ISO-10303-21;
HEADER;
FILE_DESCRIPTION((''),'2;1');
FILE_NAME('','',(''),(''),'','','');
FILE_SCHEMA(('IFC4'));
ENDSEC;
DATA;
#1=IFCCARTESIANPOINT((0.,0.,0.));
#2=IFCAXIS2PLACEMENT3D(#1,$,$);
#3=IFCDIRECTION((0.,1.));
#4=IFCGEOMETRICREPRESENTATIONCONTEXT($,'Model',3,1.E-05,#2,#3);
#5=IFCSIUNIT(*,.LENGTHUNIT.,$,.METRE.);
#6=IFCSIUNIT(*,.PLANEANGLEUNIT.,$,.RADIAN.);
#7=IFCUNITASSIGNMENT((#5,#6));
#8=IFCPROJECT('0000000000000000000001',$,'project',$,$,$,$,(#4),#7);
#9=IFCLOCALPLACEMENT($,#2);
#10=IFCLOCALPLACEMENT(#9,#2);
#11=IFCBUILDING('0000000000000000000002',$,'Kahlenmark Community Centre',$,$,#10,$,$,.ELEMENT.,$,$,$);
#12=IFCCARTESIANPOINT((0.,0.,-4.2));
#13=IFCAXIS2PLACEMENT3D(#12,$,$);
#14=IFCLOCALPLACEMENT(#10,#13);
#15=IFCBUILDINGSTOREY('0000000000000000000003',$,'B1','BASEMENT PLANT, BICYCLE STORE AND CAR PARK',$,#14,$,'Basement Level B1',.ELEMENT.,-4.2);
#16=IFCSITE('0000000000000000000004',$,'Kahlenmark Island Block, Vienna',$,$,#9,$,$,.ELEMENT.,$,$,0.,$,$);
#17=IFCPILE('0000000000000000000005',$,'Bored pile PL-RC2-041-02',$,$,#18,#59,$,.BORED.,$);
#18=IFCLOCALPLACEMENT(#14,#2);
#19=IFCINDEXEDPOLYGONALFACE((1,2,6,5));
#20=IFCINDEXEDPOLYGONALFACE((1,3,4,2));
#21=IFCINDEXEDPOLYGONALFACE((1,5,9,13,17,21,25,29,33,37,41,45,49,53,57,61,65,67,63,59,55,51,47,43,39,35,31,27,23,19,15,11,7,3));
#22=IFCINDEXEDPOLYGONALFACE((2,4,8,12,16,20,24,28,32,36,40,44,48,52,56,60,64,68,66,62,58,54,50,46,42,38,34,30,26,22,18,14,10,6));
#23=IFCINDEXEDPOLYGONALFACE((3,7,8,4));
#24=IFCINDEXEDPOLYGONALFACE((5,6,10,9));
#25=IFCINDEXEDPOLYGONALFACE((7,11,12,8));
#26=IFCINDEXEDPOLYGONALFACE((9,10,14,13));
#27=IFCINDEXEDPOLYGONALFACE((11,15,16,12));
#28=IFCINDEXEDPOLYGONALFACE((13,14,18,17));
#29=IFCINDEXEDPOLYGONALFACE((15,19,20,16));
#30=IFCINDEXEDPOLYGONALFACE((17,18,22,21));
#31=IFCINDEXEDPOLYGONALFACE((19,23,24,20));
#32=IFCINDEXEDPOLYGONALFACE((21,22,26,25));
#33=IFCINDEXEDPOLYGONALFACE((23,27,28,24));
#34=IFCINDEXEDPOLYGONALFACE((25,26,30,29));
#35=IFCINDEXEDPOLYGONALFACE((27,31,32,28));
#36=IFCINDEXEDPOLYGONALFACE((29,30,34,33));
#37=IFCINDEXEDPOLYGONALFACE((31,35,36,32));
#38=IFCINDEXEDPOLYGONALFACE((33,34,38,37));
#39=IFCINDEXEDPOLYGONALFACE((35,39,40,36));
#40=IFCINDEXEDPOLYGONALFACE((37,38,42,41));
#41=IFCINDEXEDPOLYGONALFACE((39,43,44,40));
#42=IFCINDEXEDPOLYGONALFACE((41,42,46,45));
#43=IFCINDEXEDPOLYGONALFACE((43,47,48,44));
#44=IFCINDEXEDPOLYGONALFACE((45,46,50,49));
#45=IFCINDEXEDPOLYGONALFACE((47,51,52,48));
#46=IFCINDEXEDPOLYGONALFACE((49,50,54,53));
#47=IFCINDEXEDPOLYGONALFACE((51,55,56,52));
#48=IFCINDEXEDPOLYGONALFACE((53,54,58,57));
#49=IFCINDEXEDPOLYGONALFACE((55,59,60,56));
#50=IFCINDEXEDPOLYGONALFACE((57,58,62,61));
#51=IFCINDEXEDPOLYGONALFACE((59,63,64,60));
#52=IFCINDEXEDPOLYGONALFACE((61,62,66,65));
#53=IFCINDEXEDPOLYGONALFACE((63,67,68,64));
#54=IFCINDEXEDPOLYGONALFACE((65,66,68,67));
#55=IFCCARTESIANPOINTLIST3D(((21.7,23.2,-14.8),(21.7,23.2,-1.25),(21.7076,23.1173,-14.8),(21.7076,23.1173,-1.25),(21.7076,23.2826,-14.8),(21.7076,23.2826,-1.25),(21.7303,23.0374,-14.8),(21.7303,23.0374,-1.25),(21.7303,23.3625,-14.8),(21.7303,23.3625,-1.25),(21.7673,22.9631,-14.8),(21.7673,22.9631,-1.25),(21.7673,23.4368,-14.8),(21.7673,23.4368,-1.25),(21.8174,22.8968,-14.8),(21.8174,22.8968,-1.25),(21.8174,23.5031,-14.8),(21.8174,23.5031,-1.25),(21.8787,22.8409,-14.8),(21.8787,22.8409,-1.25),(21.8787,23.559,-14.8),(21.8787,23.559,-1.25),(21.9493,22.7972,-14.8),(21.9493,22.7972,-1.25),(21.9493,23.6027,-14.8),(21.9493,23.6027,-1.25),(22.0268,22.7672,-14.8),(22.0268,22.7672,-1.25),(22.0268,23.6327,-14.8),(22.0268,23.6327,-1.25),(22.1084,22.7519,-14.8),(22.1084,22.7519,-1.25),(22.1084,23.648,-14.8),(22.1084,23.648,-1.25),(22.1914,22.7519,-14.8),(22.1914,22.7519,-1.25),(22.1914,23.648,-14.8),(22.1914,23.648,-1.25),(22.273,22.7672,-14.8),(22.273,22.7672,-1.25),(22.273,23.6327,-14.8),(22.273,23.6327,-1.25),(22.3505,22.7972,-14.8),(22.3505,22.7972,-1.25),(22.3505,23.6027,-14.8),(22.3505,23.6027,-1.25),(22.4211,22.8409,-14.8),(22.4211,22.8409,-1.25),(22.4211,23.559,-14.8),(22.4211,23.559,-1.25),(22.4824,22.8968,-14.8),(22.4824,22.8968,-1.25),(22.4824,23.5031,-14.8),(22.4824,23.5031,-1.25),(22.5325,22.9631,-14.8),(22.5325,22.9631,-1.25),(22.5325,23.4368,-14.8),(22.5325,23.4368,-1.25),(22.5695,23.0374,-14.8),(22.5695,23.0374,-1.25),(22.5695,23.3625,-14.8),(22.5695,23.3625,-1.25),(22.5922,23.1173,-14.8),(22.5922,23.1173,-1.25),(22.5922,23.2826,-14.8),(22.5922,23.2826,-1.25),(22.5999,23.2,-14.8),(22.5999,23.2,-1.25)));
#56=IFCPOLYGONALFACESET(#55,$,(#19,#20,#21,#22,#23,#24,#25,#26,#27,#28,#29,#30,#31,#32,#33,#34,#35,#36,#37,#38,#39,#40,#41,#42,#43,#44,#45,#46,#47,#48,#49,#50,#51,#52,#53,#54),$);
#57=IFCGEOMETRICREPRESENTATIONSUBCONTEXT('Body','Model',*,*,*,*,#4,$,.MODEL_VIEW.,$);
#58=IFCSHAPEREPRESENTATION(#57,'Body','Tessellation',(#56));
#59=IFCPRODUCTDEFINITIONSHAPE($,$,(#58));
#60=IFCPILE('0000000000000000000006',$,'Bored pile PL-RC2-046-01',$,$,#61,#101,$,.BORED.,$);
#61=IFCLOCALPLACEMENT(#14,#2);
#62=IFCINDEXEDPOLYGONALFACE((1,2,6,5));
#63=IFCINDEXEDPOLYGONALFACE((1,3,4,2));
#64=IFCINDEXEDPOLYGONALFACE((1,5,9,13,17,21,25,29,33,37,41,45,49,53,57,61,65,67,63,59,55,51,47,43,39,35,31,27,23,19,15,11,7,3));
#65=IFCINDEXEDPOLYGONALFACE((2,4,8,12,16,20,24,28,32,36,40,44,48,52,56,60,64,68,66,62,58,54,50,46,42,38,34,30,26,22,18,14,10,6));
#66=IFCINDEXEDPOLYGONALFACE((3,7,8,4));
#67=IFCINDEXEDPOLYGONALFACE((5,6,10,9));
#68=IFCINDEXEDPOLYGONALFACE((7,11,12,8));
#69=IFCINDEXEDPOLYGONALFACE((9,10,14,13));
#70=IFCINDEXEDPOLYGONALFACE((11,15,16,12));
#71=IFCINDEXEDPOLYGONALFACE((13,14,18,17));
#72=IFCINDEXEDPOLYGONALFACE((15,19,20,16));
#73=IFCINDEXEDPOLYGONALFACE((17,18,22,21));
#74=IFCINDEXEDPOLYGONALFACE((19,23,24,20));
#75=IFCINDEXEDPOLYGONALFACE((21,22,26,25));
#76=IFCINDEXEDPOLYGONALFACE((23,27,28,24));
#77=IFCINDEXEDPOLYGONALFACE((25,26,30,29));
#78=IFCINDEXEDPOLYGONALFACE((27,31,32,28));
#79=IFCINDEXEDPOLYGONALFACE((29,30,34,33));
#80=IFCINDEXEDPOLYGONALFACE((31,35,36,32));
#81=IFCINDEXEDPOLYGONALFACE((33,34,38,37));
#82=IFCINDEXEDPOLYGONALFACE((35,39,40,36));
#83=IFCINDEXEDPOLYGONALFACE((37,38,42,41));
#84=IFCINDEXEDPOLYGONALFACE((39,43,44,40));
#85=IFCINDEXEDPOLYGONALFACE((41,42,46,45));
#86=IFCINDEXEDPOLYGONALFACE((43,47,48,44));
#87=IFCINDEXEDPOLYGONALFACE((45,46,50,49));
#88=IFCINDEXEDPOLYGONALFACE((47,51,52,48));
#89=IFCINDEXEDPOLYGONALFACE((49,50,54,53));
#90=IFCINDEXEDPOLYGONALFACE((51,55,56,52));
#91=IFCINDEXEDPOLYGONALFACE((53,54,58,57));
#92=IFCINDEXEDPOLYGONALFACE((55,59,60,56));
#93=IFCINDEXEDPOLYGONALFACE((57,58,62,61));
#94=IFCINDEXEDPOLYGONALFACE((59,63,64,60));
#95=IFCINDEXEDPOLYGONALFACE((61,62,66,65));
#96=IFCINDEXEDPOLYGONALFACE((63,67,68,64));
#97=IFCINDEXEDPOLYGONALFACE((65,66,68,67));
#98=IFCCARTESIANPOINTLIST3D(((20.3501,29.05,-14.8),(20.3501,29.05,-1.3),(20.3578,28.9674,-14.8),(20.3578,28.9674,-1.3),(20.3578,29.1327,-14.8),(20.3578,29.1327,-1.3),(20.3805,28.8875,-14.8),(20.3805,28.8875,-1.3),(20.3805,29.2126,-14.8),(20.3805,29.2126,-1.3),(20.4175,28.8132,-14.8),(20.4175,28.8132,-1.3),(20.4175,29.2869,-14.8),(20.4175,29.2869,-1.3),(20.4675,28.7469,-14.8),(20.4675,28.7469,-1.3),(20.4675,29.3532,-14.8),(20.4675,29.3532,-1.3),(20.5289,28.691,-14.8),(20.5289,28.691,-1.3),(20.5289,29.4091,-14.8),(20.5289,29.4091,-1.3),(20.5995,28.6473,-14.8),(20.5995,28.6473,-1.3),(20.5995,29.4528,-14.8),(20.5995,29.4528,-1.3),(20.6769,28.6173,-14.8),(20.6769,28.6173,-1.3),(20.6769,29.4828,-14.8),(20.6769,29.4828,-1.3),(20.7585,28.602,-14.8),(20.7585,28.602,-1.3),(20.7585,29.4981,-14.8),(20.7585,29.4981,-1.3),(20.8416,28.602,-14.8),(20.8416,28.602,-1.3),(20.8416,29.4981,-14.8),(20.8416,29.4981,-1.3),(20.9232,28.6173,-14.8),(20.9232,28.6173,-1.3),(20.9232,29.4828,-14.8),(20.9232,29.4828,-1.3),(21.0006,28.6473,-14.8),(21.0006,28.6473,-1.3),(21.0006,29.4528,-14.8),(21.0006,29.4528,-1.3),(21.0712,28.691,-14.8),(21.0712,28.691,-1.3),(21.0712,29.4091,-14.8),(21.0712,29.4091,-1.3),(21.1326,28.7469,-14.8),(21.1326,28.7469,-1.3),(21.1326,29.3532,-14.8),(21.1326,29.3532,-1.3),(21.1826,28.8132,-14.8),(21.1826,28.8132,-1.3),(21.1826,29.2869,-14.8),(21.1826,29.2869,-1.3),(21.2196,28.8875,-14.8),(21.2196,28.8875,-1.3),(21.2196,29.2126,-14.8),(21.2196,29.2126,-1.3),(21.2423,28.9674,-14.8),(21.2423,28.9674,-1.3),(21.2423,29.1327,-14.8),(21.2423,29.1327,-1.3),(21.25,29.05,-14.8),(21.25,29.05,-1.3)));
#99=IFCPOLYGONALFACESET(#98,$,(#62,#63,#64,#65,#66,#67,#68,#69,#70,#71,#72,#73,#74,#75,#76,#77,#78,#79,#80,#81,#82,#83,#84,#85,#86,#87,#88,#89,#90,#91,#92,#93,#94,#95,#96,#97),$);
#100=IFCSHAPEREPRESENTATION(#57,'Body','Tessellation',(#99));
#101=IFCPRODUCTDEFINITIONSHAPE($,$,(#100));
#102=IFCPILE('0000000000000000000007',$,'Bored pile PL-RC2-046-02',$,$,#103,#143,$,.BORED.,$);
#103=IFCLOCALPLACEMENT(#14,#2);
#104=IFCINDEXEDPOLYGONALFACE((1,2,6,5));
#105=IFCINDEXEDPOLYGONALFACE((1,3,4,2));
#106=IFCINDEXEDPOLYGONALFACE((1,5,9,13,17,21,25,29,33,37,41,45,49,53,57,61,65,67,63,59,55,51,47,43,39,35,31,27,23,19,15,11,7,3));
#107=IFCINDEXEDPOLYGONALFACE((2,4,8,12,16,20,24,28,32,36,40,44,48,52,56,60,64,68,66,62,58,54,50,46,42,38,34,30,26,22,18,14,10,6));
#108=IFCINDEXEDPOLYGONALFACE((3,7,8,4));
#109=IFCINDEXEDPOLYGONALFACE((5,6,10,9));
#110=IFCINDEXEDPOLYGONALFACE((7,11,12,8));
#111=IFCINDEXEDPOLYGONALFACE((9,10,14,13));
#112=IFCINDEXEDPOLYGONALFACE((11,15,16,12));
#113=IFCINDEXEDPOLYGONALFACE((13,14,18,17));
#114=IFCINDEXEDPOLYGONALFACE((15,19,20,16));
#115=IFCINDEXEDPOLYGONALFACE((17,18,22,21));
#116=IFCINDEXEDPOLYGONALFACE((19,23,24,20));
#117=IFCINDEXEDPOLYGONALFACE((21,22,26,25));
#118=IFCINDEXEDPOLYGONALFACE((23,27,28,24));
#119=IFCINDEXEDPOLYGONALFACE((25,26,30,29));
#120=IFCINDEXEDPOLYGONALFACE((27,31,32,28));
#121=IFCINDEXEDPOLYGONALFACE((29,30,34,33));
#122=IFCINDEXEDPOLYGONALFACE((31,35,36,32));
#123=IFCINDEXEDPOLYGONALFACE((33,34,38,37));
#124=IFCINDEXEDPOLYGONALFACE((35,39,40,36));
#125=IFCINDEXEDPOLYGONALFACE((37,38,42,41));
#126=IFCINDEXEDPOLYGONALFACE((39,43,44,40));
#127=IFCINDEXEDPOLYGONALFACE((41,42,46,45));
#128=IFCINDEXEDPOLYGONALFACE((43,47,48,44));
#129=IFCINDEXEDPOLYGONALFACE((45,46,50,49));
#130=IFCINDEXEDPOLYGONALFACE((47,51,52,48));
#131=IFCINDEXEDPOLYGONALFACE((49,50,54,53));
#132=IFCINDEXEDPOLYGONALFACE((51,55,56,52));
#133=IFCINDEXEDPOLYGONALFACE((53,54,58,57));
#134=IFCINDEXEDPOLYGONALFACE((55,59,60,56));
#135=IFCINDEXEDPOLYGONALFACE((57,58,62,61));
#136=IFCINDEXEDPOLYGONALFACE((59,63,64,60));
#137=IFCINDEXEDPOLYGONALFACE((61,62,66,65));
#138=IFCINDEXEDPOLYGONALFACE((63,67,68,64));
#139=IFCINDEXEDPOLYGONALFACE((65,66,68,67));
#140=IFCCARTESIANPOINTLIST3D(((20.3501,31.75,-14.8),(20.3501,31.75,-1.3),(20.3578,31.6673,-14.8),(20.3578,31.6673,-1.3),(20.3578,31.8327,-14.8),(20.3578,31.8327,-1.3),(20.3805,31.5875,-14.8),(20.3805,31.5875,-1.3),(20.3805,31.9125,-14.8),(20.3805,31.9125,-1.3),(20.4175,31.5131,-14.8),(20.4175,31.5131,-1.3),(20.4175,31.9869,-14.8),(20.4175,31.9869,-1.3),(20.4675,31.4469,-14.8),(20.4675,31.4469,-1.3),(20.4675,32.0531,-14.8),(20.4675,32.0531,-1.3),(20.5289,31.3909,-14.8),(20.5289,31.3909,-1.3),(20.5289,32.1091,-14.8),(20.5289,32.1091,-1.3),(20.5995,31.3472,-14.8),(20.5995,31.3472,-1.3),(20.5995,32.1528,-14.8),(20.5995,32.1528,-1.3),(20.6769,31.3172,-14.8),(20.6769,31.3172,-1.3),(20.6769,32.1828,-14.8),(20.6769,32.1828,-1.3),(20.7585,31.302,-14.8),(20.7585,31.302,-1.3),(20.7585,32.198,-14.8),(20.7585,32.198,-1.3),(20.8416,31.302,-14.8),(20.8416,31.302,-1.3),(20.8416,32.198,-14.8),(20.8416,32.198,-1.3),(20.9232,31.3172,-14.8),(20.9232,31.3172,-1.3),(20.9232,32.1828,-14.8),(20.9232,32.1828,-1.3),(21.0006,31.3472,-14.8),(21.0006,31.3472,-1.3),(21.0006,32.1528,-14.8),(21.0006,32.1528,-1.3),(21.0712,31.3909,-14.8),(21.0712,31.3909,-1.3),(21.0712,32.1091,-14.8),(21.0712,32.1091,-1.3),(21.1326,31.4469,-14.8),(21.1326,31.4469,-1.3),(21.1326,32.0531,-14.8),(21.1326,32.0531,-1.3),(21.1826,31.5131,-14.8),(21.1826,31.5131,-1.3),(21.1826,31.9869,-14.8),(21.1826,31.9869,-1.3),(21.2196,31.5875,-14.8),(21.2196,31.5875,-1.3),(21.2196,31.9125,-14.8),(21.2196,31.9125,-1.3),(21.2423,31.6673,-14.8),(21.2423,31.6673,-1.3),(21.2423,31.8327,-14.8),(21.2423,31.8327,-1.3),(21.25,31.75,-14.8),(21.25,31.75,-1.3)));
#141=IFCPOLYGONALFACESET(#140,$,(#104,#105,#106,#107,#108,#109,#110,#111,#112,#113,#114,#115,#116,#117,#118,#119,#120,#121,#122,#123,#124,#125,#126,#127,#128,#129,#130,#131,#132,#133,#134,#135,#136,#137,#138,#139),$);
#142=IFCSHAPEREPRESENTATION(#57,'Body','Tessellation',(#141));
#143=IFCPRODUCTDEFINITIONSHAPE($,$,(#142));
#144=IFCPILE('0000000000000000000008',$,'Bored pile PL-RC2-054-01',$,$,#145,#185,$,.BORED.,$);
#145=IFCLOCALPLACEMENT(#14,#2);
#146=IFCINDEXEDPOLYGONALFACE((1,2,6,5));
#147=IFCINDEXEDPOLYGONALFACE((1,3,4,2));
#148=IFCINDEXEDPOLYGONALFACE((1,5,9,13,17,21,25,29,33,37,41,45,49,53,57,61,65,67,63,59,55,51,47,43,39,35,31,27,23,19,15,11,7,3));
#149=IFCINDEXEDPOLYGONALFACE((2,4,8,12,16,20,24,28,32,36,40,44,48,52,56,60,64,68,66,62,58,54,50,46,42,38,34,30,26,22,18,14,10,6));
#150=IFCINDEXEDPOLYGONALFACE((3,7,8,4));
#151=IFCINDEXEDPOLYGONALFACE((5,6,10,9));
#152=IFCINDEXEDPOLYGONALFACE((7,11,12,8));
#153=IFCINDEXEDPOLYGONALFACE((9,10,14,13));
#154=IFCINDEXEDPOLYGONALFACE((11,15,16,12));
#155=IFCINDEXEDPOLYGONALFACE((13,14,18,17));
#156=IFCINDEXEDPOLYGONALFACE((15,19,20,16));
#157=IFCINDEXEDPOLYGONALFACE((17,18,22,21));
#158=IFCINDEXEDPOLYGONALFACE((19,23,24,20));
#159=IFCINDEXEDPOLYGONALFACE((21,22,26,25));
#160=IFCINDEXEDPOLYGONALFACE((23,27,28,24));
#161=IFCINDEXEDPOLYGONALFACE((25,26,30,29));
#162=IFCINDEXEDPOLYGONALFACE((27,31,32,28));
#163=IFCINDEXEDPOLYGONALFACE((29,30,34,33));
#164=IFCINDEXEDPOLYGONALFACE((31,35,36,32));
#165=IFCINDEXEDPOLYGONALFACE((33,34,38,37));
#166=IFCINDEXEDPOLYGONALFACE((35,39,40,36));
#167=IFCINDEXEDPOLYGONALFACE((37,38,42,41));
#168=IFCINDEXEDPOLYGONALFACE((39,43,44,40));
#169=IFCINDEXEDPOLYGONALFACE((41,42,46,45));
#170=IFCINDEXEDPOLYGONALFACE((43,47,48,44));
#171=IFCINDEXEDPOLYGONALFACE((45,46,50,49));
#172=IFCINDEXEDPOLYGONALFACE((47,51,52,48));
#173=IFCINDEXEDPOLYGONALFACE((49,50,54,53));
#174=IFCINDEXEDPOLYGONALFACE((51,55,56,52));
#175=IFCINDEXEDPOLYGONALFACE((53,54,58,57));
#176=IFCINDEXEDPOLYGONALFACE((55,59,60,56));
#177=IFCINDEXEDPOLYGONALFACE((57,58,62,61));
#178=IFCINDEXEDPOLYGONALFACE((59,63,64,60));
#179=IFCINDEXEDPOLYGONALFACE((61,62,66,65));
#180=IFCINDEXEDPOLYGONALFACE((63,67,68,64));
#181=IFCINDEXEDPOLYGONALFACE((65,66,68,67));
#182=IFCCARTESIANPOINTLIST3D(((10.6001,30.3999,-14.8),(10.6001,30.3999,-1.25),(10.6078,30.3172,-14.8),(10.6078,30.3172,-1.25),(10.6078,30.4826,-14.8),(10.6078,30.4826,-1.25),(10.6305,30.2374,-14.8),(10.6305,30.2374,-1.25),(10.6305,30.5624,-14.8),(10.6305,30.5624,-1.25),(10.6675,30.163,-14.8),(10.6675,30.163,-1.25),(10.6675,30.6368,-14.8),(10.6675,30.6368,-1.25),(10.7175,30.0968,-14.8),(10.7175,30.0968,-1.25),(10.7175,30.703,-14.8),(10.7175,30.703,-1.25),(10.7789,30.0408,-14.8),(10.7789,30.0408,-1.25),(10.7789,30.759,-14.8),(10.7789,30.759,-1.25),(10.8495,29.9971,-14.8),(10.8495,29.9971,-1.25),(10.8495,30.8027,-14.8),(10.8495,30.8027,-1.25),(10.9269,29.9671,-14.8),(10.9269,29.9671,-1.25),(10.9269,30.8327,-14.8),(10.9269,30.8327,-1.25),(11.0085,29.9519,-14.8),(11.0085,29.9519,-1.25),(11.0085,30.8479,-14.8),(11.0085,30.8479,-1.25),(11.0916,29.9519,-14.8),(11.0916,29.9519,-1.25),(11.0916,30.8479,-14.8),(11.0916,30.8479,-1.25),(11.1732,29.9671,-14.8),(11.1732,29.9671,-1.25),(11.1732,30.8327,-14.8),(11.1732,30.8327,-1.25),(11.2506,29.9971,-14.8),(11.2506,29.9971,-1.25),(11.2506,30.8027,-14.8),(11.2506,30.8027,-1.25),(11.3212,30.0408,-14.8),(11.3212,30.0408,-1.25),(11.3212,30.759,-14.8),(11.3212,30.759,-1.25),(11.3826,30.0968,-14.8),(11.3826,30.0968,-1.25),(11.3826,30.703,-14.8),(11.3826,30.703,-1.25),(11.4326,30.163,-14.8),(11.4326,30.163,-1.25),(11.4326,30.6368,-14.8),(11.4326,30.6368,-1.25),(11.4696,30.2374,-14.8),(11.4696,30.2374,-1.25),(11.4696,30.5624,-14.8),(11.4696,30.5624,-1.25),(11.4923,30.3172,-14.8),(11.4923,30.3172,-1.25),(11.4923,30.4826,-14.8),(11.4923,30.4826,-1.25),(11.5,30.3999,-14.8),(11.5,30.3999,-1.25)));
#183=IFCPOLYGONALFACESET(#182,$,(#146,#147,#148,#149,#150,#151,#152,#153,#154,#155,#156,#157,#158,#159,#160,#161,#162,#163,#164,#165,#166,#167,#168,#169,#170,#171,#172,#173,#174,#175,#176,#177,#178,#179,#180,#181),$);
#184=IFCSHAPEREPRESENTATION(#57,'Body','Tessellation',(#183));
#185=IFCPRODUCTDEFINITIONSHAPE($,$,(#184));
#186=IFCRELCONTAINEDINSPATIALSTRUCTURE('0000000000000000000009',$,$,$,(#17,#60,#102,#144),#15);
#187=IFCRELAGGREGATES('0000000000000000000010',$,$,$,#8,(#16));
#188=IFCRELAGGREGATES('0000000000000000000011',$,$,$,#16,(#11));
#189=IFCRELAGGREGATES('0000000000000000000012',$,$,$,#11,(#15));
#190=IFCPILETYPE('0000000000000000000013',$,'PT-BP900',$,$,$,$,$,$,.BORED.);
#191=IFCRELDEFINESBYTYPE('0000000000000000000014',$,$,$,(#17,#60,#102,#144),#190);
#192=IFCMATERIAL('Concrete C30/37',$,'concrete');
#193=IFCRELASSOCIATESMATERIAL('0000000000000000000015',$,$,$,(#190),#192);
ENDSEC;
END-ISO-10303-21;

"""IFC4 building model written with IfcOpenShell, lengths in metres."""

from ifc_helpers import new_model, si_unit, direction, frame, origin, origin_2d, place, context, subcontext, project, spatial, circle, extrude, material, material_profile, profile_set, type_object, element, save


model = new_model("IFC4")

# Units and contexts
model_context = context("Model", 3, precision=1e-05, world=origin(), true_north=direction((0.0, 1.0)))
body_context = subcontext(model_context, "Body", "Model", "MODEL_VIEW")
ifc_project = project(units=[si_unit("LENGTHUNIT", "METRE"), si_unit("PLANEANGLEUNIT", "RADIAN")], contexts=[model_context])

# Site, building, storey
site_placement = place(None, origin())
site = spatial("IfcSite", under=ifc_project, at=site_placement, Name="Kahlenmark Island Block, Vienna", CompositionType="ELEMENT", RefElevation=0.0)
building_placement = place(site_placement, origin())
building = spatial("IfcBuilding", under=site, at=building_placement, Name="Kahlenmark Community Centre", CompositionType="ELEMENT")
storey_placement = place(building_placement, frame((0.0, 0.0, -4.2)))
storey = spatial("IfcBuildingStorey", under=building, at=storey_placement, Name="B1", Description="BASEMENT PLANT, BICYCLE STORE AND CAR PARK", LongName="Basement Level B1", CompositionType="ELEMENT", Elevation=-4.2)

# Shared definitions
ifc_material_1 = material(Name="Concrete C30/37", Category="concrete")

# Piles
ifc_material_profile_1 = material_profile(ifc_material_1, circle(Radius=0.45, at=origin_2d()), Name="BORED PILE 900")
ifc_profile_set_1 = profile_set([ifc_material_profile_1], Name="Concrete C30/37")
pile_type_1 = type_object("IfcPileType", Name="PT-BP900", PredefinedType="BORED", material=ifc_profile_set_1)
for number, where, z_axis, x_axis, name in (
    (1, (22.1499, 23.2, -1.25), (0.0, 0.0, -1.0), (1.0, 0.0, 0.0), "Bored pile PL-RC2-041-02"),
):
    element("IfcPile", number, at=place(storey_placement, frame(where, z_axis=z_axis, x_axis=x_axis)), inside=storey, type_object=pile_type_1, Name=name, PredefinedType="BORED", context=body_context, shape_type="SweptSolid", body=[
        extrude(circle(Radius=0.45, at=origin_2d()), origin(), (0.0, 0.0, 1.0), 13.55),
    ])
for number, where, z_axis, x_axis, name in (
    (2, (20.8, 29.05, -1.3), (0.0, 0.0, -1.0), (1.0, 0.0, 0.0), "Bored pile PL-RC2-046-01"),
    (3, (20.8, 31.75, -1.3), (0.0, 0.0, -1.0), (1.0, 0.0, 0.0), "Bored pile PL-RC2-046-02"),
):
    element("IfcPile", number, at=place(storey_placement, frame(where, z_axis=z_axis, x_axis=x_axis)), inside=storey, type_object=pile_type_1, Name=name, PredefinedType="BORED", context=body_context, shape_type="SweptSolid", body=[
        extrude(circle(Radius=0.45, at=origin_2d()), origin(), (0.0, 0.0, 1.0), 13.5),
    ])
for number, where, z_axis, x_axis, name in (
    (4, (11.05, 30.3999, -1.25), (0.0, 0.0, -1.0), (1.0, 0.0, 0.0), "Bored pile PL-RC2-054-01"),
):
    element("IfcPile", number, at=place(storey_placement, frame(where, z_axis=z_axis, x_axis=x_axis)), inside=storey, type_object=pile_type_1, Name=name, PredefinedType="BORED", context=body_context, shape_type="SweptSolid", body=[
        extrude(circle(Radius=0.45, at=origin_2d()), origin(), (0.0, 0.0, 1.0), 13.55),
    ])

save(model, "model.ifc")
